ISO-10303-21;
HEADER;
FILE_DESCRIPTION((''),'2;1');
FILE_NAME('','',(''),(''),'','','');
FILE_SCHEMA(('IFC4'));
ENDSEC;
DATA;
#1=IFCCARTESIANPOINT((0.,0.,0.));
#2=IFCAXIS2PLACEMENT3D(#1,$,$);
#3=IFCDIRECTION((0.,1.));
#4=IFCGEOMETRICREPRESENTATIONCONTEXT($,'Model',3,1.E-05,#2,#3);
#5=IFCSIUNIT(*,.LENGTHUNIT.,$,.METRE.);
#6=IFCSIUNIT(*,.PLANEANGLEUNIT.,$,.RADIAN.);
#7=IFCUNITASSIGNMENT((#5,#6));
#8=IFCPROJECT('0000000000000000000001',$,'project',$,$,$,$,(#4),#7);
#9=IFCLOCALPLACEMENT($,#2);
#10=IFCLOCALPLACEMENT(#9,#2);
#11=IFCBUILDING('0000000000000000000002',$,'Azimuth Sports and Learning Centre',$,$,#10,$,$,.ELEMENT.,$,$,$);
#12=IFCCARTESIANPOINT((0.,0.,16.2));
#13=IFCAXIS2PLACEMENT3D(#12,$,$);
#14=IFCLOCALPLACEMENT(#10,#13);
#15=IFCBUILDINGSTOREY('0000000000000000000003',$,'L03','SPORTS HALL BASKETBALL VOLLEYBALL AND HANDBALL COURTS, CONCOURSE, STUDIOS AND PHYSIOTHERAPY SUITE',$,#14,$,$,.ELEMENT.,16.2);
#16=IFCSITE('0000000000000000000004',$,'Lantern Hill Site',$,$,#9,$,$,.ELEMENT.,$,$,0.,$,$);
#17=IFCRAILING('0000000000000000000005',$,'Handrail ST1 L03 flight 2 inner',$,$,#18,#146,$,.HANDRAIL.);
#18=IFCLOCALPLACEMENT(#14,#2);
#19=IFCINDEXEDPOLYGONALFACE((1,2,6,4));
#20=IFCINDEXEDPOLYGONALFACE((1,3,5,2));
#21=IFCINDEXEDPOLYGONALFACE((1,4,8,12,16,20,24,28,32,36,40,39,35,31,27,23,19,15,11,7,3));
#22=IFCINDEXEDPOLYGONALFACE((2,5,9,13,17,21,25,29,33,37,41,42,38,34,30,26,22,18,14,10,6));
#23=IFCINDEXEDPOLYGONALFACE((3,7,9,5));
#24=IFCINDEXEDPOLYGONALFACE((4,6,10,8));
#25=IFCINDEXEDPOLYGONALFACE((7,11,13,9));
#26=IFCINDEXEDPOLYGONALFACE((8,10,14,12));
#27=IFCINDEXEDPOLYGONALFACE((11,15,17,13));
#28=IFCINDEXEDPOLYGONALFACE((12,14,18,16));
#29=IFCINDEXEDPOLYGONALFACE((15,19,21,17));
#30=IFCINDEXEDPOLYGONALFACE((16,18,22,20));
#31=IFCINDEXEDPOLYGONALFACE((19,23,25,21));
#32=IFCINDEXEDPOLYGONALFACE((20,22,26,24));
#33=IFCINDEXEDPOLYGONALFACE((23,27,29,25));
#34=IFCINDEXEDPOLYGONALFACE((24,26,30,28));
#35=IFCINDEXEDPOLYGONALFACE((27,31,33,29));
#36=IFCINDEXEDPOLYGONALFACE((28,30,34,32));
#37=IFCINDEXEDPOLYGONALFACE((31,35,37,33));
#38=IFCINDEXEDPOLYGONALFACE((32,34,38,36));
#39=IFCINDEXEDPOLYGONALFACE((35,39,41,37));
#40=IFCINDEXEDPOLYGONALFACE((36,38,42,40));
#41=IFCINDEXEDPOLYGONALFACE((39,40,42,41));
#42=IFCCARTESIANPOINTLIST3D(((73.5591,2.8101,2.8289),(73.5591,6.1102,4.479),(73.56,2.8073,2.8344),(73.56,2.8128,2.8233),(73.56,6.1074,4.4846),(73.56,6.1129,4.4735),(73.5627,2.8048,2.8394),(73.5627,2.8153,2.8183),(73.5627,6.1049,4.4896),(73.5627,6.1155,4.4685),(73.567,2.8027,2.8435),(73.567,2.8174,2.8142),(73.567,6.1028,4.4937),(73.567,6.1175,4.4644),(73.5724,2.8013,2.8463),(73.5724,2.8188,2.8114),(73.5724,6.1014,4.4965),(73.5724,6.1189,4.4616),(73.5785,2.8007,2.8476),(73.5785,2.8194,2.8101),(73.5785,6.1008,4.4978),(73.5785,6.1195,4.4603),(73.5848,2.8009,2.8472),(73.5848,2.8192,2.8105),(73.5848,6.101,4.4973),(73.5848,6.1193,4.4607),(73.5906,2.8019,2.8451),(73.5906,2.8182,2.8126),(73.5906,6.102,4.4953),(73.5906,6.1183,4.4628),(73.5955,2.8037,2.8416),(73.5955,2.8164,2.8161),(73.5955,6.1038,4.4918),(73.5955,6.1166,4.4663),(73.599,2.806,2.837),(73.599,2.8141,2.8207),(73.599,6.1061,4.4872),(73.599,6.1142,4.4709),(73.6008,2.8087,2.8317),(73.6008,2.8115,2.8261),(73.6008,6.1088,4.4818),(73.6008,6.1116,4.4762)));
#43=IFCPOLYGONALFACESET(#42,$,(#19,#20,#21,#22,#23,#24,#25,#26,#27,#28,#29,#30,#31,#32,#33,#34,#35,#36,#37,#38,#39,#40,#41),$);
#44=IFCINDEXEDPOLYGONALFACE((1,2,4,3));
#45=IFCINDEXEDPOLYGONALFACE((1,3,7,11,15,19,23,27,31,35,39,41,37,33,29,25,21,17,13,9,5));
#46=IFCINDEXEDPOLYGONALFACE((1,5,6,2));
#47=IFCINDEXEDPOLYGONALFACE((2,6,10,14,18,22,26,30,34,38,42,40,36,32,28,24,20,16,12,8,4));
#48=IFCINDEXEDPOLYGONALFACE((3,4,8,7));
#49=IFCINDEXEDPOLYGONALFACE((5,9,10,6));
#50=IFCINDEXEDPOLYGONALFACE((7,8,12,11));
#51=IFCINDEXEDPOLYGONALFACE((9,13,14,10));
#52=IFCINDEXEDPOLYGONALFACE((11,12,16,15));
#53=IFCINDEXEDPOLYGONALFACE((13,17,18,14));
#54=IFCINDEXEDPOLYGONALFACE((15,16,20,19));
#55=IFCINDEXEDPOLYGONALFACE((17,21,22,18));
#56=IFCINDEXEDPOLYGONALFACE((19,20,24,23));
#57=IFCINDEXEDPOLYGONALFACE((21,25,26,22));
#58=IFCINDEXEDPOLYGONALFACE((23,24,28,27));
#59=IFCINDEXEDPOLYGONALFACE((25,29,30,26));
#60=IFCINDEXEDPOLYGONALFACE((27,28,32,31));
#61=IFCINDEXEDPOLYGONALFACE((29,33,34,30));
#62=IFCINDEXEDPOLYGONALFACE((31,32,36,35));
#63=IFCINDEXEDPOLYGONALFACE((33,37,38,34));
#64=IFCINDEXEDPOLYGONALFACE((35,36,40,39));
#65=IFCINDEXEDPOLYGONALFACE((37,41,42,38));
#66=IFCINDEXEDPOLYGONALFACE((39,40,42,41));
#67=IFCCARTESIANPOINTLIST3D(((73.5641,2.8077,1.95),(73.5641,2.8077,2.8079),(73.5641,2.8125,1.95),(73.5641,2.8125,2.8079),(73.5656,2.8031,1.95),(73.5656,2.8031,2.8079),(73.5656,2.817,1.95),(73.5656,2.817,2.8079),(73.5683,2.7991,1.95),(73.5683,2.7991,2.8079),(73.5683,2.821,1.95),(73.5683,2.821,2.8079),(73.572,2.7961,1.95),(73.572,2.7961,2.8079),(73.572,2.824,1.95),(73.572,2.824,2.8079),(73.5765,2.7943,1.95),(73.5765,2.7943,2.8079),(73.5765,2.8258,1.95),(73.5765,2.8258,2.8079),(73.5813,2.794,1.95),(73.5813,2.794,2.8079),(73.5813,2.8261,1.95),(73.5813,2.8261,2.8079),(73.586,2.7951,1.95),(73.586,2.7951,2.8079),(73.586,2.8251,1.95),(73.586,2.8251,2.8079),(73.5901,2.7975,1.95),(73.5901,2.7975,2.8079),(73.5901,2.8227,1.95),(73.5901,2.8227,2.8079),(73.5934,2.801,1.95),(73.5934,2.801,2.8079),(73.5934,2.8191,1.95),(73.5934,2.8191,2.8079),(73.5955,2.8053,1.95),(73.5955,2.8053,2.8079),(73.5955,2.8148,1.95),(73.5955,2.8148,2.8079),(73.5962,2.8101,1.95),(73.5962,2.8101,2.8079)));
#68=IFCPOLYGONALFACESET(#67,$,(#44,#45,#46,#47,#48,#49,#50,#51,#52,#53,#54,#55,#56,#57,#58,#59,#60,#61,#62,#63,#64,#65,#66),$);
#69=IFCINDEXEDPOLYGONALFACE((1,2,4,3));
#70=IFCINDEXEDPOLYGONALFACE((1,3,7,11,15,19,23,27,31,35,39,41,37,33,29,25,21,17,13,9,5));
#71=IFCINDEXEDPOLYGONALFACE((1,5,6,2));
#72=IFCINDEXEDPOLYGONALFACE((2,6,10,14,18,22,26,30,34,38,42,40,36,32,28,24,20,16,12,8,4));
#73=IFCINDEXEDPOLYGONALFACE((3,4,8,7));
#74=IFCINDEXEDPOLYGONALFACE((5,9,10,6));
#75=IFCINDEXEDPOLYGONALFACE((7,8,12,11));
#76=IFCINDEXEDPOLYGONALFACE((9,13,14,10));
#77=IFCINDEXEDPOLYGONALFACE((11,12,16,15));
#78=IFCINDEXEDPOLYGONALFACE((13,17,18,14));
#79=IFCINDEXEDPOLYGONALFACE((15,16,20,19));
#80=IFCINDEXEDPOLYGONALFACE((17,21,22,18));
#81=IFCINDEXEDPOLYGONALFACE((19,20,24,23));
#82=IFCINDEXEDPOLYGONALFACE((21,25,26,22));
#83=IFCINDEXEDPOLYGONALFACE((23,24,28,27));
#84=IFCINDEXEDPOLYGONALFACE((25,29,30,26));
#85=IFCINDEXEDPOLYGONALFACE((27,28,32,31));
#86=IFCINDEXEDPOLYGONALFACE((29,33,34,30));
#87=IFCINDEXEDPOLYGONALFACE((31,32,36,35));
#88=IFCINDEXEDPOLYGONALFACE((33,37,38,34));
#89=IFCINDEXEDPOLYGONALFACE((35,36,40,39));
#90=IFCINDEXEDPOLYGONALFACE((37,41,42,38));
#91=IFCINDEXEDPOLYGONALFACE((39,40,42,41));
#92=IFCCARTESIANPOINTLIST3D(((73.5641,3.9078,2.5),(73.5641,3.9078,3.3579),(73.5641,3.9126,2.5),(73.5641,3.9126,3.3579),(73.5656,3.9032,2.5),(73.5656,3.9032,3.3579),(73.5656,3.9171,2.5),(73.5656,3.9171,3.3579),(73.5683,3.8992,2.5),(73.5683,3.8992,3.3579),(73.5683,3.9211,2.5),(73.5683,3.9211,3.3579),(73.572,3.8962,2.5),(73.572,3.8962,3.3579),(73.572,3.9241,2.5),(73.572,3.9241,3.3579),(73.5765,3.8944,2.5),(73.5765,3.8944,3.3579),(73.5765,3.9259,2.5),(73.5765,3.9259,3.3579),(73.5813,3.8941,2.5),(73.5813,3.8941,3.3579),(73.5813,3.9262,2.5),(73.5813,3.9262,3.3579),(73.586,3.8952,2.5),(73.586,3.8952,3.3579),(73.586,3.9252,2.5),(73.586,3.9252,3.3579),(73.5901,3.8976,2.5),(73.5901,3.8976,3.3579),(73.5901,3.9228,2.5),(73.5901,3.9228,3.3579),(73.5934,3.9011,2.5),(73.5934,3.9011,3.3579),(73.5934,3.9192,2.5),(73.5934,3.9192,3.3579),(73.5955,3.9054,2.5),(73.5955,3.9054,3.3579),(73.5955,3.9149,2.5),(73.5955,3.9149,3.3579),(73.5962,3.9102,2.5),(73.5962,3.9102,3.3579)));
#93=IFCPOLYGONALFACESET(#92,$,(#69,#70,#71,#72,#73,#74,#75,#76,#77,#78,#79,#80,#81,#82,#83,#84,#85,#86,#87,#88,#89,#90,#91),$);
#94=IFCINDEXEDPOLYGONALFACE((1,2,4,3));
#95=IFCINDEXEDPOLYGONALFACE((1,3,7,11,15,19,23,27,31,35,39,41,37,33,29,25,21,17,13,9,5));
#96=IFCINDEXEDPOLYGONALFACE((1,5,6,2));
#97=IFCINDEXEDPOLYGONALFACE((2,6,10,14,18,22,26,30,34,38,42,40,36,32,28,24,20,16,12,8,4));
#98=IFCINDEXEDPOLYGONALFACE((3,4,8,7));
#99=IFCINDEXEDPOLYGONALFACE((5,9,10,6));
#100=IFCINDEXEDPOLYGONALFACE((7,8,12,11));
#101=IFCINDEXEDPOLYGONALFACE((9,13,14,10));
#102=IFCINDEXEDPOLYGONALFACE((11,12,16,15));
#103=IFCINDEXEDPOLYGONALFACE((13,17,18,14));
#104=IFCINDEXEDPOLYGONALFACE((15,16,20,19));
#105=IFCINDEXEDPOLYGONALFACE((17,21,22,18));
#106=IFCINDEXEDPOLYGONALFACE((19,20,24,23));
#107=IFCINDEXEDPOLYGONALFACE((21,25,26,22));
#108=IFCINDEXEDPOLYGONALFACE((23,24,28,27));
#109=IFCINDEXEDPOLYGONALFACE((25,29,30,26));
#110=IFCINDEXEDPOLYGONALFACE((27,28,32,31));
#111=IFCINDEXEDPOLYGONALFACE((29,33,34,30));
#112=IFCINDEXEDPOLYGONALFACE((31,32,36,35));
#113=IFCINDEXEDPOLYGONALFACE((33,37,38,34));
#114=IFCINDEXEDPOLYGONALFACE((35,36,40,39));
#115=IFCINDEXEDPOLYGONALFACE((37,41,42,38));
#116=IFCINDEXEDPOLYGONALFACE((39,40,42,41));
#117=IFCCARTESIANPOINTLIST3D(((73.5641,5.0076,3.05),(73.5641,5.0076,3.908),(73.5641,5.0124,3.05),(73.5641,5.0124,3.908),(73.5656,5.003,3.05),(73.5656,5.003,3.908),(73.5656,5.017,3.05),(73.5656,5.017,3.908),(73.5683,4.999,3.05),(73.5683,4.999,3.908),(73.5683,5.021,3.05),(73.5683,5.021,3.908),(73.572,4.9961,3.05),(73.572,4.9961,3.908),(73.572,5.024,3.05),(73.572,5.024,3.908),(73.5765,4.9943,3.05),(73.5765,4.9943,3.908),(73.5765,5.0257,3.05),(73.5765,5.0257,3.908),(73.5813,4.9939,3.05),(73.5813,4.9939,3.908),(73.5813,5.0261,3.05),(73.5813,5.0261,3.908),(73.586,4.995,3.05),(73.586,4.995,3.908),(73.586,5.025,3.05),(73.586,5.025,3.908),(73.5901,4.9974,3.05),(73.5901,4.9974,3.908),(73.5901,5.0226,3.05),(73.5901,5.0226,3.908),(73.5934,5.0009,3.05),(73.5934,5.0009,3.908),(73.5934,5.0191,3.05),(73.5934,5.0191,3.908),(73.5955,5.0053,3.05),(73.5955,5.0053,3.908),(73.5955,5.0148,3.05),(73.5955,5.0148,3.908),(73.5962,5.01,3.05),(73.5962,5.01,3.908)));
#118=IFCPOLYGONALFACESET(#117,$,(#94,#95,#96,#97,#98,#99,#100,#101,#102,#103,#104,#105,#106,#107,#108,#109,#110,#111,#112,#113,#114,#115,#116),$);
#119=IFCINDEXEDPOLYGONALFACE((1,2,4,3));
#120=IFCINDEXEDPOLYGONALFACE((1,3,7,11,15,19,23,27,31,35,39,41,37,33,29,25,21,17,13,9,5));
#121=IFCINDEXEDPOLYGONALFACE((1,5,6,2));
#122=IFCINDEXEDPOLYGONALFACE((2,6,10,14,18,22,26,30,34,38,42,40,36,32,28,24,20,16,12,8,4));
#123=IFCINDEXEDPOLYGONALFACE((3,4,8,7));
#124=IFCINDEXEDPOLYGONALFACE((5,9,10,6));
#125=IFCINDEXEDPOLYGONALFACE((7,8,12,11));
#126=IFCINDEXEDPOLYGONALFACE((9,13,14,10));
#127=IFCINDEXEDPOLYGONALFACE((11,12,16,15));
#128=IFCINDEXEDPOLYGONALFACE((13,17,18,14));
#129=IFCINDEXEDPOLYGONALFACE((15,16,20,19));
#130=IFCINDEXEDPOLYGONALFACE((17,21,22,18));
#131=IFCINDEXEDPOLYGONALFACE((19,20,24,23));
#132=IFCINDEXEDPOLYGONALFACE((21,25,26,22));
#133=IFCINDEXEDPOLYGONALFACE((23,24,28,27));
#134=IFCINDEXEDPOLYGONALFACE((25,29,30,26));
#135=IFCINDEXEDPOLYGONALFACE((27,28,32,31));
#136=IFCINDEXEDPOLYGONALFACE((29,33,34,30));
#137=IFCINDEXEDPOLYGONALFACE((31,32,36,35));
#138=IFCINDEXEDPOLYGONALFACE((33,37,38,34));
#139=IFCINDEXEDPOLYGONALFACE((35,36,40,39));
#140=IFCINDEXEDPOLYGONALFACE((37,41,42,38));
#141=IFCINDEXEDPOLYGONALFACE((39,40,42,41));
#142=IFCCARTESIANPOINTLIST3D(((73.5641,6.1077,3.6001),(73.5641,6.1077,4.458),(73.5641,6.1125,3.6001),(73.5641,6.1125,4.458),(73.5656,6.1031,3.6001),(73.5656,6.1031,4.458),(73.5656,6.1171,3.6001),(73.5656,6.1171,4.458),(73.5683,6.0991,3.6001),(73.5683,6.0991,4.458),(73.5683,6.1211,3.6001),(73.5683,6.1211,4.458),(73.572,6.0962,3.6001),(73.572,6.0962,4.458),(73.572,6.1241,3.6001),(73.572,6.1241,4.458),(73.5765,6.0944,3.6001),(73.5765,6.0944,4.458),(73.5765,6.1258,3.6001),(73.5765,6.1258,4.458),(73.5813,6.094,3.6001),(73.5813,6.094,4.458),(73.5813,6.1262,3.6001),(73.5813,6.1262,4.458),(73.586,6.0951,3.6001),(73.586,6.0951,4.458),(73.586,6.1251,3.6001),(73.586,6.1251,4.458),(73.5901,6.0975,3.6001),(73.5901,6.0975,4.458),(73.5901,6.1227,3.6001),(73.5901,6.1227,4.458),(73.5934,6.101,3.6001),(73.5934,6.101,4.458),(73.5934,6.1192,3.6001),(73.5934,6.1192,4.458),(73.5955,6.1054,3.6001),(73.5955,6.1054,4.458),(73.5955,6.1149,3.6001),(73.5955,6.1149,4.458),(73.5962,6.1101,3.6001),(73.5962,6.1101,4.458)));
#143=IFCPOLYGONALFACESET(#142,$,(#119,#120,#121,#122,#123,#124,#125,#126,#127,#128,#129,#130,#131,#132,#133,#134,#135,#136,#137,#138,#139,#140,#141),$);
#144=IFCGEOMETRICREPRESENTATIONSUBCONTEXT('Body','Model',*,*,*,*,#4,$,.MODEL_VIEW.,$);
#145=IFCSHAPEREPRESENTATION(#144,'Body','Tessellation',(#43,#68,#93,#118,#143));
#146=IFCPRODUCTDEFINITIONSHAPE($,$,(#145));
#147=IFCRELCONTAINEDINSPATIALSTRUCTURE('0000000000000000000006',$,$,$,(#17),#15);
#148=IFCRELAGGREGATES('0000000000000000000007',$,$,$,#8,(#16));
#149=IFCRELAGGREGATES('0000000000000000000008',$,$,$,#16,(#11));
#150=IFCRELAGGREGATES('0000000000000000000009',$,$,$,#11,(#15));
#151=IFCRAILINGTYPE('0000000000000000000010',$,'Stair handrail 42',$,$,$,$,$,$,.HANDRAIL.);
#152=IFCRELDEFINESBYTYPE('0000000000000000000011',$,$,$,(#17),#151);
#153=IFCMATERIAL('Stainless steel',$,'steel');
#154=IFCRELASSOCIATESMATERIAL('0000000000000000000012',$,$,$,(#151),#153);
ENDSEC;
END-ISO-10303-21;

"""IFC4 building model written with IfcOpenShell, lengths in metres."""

from ifc_helpers import new_model, si_unit, direction, frame, origin, origin_2d, place, context, subcontext, project, spatial, circle, extrude, material, type_object, element, save


model = new_model("IFC4")

# Units and contexts
model_context = context("Model", 3, precision=1e-05, world=origin(), true_north=direction((0.0, 1.0)))
body_context = subcontext(model_context, "Body", "Model", "MODEL_VIEW")
ifc_project = project(units=[si_unit("LENGTHUNIT", "METRE"), si_unit("PLANEANGLEUNIT", "RADIAN")], contexts=[model_context])

# Site, building, storey
site_placement = place(None, origin())
site = spatial("IfcSite", under=ifc_project, at=site_placement, Name="Lantern Hill Site", CompositionType="ELEMENT", RefElevation=0.0)
building_placement = place(site_placement, origin())
building = spatial("IfcBuilding", under=site, at=building_placement, Name="Azimuth Sports and Learning Centre", CompositionType="ELEMENT")
storey_placement = place(building_placement, frame((0.0, 0.0, 16.2)))
storey = spatial("IfcBuildingStorey", under=building, at=storey_placement, Name="L03", Description="SPORTS HALL BASKETBALL VOLLEYBALL AND HANDBALL COURTS, CONCOURSE, STUDIOS AND PHYSIOTHERAPY SUITE", CompositionType="ELEMENT", Elevation=16.2)

# Railing
ifc_material_1 = material(Name="Stainless steel", Category="steel")
railing_type_1 = type_object("IfcRailingType", Name="Stair handrail 42", PredefinedType="HANDRAIL", material=ifc_material_1)
for number, where, name in (
    (1, (73.5801, 2.8101, 1.95), "Handrail ST1 L03 flight 2 inner"),
):
    element("IfcRailing", number, at=place(storey_placement, frame(where)), inside=storey, type_object=railing_type_1, Name=name, PredefinedType="HANDRAIL", context=body_context, shape_type="SweptSolid", body=[
        extrude(circle(Radius=0.021, at=origin_2d()), frame((0.0, 0.0, 0.8789), z_axis=(0.0, 0.894414, 0.44724), x_axis=(-1.0, 0.0, 0.0)), (0.0, 0.0, 1.0), 3.6897),
        extrude(circle(Radius=0.0161, at=origin_2d()), origin(), (0.0, 0.0, 1.0), 0.8579),
        extrude(circle(Radius=0.0161, at=origin_2d()), frame((0.0, 1.1001, 0.55)), (0.0, 0.0, 1.0), 0.8579),
        extrude(circle(Radius=0.0161, at=origin_2d()), frame((0.0, 2.2, 1.1001)), (0.0, 0.0, 1.0), 0.8579),
        extrude(circle(Radius=0.0161, at=origin_2d()), frame((0.0, 3.3, 1.6501)), (0.0, 0.0, 1.0), 0.8579),
    ])

save(model, "model.ifc")
